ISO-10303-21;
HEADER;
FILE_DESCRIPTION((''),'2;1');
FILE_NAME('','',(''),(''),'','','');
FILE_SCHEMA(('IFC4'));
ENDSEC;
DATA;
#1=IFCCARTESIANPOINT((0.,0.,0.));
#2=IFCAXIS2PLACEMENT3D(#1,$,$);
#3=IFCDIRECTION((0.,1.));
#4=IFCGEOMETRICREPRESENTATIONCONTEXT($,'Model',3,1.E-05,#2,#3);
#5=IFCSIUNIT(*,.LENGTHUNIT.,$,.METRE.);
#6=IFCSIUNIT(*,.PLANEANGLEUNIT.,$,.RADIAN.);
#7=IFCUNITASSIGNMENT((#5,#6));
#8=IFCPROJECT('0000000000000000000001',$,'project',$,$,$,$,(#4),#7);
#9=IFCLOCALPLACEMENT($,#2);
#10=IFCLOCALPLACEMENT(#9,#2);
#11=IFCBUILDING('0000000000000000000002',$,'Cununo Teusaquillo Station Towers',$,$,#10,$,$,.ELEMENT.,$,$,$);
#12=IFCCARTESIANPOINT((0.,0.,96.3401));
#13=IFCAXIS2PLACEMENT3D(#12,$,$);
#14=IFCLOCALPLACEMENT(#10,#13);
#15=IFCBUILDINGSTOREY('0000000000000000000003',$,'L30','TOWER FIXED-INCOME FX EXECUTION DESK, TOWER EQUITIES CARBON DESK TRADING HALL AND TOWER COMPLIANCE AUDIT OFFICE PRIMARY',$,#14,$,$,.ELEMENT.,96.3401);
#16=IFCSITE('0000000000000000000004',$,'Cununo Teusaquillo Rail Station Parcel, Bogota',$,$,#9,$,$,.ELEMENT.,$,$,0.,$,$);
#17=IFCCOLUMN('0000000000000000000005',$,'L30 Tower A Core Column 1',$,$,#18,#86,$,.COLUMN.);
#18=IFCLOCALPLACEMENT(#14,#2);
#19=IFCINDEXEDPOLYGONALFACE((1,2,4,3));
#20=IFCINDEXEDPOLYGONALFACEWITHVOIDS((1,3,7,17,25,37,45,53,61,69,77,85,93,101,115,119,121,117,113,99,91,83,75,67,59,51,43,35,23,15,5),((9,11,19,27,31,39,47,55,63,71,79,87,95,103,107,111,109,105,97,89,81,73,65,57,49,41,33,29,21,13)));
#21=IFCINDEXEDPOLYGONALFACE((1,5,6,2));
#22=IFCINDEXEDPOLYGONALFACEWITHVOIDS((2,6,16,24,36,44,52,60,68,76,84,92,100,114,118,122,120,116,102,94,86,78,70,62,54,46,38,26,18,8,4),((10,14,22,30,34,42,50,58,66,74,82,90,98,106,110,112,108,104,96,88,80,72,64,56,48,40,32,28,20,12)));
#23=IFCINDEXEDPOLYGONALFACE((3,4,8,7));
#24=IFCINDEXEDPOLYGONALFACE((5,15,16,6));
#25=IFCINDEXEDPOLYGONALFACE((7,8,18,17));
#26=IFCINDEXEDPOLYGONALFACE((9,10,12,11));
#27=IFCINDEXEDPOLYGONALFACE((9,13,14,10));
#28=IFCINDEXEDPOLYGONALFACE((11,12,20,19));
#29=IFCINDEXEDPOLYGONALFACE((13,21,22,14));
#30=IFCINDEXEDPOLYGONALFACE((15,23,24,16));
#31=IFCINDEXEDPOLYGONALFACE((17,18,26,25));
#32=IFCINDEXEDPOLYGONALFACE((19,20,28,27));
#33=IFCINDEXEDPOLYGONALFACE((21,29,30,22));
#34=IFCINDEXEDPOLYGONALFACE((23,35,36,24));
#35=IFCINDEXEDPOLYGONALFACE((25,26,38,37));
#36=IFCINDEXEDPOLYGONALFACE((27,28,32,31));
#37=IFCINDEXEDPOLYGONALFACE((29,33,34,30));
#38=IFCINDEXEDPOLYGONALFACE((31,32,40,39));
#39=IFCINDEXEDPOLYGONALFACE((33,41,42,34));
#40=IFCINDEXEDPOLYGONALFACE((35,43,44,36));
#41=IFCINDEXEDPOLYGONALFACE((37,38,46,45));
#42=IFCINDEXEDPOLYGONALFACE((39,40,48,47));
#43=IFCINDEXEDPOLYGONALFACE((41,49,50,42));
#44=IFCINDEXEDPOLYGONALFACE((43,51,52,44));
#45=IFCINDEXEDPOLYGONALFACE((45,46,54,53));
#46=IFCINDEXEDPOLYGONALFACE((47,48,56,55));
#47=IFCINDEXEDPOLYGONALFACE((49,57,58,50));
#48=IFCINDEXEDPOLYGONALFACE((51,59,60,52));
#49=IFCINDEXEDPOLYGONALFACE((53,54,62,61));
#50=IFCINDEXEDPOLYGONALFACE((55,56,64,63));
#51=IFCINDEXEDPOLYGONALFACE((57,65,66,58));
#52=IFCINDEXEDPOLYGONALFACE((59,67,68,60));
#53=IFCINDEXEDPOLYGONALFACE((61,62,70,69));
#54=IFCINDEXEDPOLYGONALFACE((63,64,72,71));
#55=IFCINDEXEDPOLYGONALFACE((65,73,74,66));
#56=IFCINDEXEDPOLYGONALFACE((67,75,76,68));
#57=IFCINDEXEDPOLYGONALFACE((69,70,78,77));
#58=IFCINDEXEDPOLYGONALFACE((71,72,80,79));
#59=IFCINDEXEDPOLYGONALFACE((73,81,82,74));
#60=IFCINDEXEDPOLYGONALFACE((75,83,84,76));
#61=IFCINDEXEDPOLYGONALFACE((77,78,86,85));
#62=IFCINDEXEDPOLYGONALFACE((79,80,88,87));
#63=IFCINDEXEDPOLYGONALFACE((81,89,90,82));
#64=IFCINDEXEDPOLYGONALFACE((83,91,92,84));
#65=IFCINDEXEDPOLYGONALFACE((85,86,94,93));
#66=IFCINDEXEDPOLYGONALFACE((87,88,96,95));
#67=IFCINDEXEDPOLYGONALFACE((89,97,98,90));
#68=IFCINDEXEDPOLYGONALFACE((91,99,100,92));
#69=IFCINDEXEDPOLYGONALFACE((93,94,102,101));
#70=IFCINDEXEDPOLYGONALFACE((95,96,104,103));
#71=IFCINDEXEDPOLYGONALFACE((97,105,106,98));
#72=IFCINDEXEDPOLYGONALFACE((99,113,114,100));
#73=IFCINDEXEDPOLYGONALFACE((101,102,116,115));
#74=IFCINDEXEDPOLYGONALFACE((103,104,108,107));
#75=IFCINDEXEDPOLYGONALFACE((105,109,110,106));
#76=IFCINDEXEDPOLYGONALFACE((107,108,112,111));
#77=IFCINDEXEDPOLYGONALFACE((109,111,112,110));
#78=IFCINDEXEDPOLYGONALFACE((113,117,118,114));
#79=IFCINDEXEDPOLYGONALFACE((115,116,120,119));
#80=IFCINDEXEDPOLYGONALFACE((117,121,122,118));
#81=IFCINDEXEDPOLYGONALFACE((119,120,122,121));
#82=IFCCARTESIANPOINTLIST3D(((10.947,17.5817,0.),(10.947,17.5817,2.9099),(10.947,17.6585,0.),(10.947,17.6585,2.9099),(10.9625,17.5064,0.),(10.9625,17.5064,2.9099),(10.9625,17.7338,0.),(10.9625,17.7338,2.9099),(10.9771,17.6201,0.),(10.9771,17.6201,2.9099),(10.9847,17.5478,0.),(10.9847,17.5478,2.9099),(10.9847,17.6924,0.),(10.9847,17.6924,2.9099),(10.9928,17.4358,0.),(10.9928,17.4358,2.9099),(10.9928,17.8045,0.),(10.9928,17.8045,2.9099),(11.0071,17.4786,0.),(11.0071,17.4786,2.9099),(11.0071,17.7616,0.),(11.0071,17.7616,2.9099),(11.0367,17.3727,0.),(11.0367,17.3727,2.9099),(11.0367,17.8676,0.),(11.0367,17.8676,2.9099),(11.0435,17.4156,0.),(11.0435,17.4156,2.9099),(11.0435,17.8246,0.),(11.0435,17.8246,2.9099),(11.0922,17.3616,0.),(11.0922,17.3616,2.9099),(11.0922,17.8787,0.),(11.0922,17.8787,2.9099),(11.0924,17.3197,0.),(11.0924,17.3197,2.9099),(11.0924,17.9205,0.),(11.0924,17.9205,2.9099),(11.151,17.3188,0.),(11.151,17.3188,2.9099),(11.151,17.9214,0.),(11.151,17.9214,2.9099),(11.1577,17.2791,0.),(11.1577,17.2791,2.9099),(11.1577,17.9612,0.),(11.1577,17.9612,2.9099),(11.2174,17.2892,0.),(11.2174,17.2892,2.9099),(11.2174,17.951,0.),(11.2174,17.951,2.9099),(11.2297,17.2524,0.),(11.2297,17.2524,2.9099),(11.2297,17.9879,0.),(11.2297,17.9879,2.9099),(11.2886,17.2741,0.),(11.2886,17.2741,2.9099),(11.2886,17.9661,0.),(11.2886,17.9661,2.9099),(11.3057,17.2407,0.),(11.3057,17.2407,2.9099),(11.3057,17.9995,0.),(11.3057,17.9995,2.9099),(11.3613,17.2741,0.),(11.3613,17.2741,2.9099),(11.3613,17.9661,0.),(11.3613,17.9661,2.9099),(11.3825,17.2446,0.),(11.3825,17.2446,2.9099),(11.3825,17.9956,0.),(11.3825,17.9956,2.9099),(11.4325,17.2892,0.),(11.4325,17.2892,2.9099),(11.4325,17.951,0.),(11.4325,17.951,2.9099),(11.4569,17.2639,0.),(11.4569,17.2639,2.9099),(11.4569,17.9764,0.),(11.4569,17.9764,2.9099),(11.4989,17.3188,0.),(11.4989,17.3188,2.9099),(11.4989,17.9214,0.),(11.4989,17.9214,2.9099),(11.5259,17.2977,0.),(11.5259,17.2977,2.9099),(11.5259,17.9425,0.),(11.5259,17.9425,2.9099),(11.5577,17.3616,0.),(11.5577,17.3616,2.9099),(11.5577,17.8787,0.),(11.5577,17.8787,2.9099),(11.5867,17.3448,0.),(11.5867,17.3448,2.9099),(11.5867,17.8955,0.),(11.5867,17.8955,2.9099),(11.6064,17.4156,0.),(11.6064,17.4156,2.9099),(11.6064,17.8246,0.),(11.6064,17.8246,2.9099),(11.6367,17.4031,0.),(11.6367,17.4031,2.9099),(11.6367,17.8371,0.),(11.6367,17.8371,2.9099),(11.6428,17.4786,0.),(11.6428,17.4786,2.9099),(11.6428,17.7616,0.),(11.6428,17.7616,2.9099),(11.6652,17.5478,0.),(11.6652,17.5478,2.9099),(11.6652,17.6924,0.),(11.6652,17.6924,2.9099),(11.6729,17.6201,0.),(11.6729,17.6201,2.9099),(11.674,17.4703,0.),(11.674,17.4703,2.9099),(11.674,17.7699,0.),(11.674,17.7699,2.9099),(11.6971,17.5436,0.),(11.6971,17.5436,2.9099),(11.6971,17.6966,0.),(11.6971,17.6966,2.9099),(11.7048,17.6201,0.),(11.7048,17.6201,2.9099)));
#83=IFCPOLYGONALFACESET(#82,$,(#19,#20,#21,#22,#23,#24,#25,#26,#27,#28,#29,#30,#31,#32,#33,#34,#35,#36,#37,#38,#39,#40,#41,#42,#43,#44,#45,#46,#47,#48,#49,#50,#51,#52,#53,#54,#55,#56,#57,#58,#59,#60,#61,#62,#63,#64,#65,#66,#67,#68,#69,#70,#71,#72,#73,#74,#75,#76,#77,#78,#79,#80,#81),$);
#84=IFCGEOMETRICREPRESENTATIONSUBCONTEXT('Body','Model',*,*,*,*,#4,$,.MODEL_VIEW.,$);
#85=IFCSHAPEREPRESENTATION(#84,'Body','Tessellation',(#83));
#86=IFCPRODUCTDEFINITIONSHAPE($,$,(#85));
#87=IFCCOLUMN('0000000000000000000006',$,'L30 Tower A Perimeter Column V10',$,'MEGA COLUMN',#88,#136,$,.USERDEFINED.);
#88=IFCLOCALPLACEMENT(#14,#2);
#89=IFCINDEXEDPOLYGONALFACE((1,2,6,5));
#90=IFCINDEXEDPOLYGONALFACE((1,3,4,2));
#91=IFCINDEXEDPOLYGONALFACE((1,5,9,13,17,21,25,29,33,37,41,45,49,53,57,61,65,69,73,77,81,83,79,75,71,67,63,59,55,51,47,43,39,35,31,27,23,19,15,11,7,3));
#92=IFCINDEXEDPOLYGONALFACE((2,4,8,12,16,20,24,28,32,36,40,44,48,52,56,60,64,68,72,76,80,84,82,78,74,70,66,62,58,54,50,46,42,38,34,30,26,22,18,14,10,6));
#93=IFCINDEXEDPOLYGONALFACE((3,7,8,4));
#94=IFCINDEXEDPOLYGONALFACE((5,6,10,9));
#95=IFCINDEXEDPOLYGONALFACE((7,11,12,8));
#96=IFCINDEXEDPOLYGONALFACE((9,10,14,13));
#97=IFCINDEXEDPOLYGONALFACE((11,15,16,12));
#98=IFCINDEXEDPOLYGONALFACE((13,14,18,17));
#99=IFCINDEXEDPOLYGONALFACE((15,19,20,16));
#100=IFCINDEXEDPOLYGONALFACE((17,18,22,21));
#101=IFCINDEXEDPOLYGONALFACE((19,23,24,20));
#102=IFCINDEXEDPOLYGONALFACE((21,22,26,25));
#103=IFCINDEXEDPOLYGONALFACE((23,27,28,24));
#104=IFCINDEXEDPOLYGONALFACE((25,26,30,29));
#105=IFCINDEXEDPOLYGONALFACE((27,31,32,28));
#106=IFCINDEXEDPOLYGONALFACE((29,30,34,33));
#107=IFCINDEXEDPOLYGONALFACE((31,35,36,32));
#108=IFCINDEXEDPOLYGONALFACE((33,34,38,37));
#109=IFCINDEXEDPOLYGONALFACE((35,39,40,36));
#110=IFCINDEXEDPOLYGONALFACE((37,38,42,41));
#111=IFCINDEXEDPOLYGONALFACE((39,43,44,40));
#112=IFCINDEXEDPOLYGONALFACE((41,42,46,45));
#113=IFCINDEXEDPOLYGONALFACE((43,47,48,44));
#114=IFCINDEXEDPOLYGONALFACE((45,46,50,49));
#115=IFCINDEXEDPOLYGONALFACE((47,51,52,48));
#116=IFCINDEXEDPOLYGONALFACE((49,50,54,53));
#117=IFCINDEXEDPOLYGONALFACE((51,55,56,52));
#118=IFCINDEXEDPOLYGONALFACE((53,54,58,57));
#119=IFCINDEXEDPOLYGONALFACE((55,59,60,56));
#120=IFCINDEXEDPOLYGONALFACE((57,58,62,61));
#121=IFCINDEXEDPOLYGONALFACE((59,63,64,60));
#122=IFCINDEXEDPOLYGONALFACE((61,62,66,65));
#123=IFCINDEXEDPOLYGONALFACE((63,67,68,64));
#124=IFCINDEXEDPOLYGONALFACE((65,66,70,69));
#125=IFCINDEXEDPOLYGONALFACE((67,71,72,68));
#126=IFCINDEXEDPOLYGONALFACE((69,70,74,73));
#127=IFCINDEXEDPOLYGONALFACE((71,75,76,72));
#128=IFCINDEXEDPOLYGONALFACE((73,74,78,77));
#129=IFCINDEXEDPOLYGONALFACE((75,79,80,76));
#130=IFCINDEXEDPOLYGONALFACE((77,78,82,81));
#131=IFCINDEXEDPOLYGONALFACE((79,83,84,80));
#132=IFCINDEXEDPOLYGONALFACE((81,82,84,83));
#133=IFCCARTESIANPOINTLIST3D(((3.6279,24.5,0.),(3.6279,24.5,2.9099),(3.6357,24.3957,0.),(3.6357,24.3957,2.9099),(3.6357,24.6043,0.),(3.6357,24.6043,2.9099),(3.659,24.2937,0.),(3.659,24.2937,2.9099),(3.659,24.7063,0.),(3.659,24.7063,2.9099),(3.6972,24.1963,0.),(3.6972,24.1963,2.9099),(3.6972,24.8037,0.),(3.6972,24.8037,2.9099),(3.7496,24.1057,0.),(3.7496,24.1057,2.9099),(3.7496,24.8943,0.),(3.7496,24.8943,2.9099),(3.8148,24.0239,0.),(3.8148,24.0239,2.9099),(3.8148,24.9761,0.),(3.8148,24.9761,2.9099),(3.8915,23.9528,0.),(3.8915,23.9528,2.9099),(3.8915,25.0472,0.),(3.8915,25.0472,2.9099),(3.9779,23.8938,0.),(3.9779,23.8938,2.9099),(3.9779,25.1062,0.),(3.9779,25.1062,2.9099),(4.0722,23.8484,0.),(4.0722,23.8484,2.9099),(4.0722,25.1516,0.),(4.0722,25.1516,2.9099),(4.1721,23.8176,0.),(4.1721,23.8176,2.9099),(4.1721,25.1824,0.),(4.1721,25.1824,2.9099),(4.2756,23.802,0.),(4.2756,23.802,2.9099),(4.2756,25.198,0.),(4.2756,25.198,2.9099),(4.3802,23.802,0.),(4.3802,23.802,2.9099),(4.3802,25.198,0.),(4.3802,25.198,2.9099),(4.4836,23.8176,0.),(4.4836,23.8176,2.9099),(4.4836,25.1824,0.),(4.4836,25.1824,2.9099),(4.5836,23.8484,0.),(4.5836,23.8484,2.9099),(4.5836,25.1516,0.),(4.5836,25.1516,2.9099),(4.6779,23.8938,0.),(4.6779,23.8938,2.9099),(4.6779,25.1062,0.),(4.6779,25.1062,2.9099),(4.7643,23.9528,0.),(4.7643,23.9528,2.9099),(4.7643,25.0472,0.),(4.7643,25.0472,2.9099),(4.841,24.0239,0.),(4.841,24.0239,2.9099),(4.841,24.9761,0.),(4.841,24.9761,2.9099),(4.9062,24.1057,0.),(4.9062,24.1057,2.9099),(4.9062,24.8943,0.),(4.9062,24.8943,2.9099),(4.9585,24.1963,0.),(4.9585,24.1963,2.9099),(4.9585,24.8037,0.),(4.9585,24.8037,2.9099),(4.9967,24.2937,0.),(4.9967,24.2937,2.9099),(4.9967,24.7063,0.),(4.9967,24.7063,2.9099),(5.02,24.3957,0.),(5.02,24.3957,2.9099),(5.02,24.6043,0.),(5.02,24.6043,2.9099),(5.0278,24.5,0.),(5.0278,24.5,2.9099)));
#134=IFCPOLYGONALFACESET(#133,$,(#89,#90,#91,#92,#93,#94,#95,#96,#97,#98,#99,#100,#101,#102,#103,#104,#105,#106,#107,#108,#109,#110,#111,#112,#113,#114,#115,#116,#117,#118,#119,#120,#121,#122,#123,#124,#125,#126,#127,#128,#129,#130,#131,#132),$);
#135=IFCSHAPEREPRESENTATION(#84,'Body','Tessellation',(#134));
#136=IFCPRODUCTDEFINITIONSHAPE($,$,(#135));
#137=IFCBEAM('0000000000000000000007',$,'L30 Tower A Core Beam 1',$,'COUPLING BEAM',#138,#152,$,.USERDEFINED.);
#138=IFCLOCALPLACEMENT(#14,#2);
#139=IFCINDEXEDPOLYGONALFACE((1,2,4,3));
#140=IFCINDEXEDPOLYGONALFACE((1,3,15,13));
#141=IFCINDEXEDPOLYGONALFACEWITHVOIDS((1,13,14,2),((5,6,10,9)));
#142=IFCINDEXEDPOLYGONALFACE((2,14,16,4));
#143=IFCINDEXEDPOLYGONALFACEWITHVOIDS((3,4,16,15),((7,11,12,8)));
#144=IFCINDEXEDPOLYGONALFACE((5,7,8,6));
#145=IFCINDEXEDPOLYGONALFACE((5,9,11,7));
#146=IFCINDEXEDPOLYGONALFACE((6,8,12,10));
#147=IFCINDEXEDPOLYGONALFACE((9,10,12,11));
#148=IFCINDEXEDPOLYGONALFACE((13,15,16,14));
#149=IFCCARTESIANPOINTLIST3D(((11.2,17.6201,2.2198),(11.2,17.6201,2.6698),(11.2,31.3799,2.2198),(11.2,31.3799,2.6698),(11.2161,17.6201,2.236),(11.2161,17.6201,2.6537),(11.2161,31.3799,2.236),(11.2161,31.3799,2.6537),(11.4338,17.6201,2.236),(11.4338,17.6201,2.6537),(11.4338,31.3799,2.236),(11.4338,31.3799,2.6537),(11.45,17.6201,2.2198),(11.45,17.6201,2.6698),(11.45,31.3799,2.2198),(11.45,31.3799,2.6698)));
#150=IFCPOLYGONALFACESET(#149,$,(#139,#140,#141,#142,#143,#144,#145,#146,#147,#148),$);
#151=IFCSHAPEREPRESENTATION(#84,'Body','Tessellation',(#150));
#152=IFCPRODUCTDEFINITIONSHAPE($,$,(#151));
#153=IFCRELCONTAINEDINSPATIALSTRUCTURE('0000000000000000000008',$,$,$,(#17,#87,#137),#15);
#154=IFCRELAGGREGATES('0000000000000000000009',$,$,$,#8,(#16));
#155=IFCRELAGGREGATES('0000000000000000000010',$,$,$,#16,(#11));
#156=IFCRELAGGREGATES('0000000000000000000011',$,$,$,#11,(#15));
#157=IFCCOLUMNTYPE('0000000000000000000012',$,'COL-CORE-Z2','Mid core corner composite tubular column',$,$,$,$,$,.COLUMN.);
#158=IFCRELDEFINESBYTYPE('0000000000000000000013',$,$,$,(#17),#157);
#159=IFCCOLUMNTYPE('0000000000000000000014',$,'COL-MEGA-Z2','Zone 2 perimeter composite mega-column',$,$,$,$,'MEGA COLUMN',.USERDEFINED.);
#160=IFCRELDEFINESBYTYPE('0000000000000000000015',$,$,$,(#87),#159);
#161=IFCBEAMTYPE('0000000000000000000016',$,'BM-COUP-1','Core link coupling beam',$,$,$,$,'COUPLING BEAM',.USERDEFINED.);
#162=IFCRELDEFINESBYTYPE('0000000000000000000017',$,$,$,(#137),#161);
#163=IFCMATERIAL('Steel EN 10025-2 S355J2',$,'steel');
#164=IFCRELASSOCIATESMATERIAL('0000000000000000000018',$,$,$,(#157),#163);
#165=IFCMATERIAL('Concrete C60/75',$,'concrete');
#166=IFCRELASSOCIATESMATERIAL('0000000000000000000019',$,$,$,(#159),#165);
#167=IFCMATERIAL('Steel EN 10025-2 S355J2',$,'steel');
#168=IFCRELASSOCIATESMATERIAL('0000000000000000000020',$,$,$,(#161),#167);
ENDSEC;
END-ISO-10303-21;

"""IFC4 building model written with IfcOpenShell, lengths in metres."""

from ifc_helpers import new_model, si_unit, direction, frame, origin, origin_2d, place, context, subcontext, project, spatial, hollow_rectangle, circle, hollow_circle, extrude, material, material_profile, profile_set, type_object, element, save


model = new_model("IFC4")

# Units and contexts
model_context = context("Model", 3, precision=1e-05, world=origin(), true_north=direction((0.0, 1.0)))
body_context = subcontext(model_context, "Body", "Model", "MODEL_VIEW")
ifc_project = project(units=[si_unit("LENGTHUNIT", "METRE"), si_unit("PLANEANGLEUNIT", "RADIAN")], contexts=[model_context])

# Site, building, storey
site_placement = place(None, origin())
site = spatial("IfcSite", under=ifc_project, at=site_placement, Name="Cununo Teusaquillo Rail Station Parcel, Bogota", CompositionType="ELEMENT", RefElevation=0.0)
building_placement = place(site_placement, origin())
building = spatial("IfcBuilding", under=site, at=building_placement, Name="Cununo Teusaquillo Station Towers", CompositionType="ELEMENT")
storey_placement = place(building_placement, frame((0.0, 0.0, 96.3401)))
storey = spatial("IfcBuildingStorey", under=building, at=storey_placement, Name="L30", Description="TOWER FIXED-INCOME FX EXECUTION DESK, TOWER EQUITIES CARBON DESK TRADING HALL AND TOWER COMPLIANCE AUDIT OFFICE PRIMARY", CompositionType="ELEMENT", Elevation=96.3401)

# Columns
ifc_material_1 = material(Name="Steel EN 10025-2 S355J2", Category="steel")
ifc_material_profile_1 = material_profile(ifc_material_1, hollow_circle(Radius=0.3799, WallThickness=0.032, at=origin_2d()), Name="CHS 760x32")
ifc_profile_set_1 = profile_set([ifc_material_profile_1], Name="Steel EN 10025-2 S355J2")
column_type_1 = type_object("IfcColumnType", Name="COL-CORE-Z2", Description="Mid core corner composite tubular column", PredefinedType="COLUMN", material=ifc_profile_set_1)
column_1_placement = place(storey_placement, frame((11.325, 17.6201, 0.0), z_axis=(0.0, 0.0, 1.0), x_axis=(1.0, 0.0, 0.0)))
element("IfcColumn", 1, at=column_1_placement, inside=storey, type_object=column_type_1, Name="L30 Tower A Core Column 1", PredefinedType="COLUMN", context=body_context, shape_type="SweptSolid", body=[
    extrude(hollow_circle(Radius=0.3799, WallThickness=0.032, at=origin_2d()), origin(), (0.0, 0.0, 1.0), 2.9099),
])
ifc_material_2 = material(Name="Concrete C60/75", Category="concrete")
ifc_material_profile_2 = material_profile(ifc_material_2, circle(Radius=0.7, at=origin_2d()), Name="RC-CIRC-1400")
ifc_profile_set_2 = profile_set([ifc_material_profile_2], Name="Concrete C60/75")
column_type_2 = type_object("IfcColumnType", Name="COL-MEGA-Z2", Description="Zone 2 perimeter composite mega-column", ElementType="MEGA COLUMN", PredefinedType="USERDEFINED", material=ifc_profile_set_2)
column_2_placement = place(storey_placement, frame((4.3279, 24.5, 0.0), z_axis=(0.0, 0.0, 1.0), x_axis=(1.0, 0.0, 0.0)))
element("IfcColumn", 2, at=column_2_placement, inside=storey, type_object=column_type_2, Name="L30 Tower A Perimeter Column V10", ObjectType="MEGA COLUMN", PredefinedType="USERDEFINED", context=body_context, shape_type="SweptSolid", body=[
    extrude(circle(Radius=0.7, at=origin_2d()), origin(), (0.0, 0.0, 1.0), 2.9099),
])

# Beam
ifc_material_3 = material(Name="Steel EN 10025-2 S355J2", Category="steel")
ifc_material_profile_3 = material_profile(ifc_material_3, hollow_rectangle(XDim=0.25, YDim=0.45, WallThickness=0.0161, at=origin_2d()), Name="RHS 450x250x16")
ifc_profile_set_3 = profile_set([ifc_material_profile_3], Name="Steel EN 10025-2 S355J2")
beam_type_1 = type_object("IfcBeamType", Name="BM-COUP-1", Description="Core link coupling beam", ElementType="COUPLING BEAM", PredefinedType="USERDEFINED", material=ifc_profile_set_3)
beam_1_placement = place(storey_placement, frame((11.325, 17.6201, 2.4448), z_axis=(0.0, 1.0, 0.0), x_axis=(-1.0, 0.0, 0.0)))
element("IfcBeam", 3, at=beam_1_placement, inside=storey, type_object=beam_type_1, Name="L30 Tower A Core Beam 1", ObjectType="COUPLING BEAM", PredefinedType="USERDEFINED", context=body_context, shape_type="SweptSolid", body=[
    extrude(hollow_rectangle(XDim=0.25, YDim=0.45, WallThickness=0.0161, at=origin_2d()), origin(), (0.0, 0.0, 1.0), 13.7598),
])

save(model, "model.ifc")
